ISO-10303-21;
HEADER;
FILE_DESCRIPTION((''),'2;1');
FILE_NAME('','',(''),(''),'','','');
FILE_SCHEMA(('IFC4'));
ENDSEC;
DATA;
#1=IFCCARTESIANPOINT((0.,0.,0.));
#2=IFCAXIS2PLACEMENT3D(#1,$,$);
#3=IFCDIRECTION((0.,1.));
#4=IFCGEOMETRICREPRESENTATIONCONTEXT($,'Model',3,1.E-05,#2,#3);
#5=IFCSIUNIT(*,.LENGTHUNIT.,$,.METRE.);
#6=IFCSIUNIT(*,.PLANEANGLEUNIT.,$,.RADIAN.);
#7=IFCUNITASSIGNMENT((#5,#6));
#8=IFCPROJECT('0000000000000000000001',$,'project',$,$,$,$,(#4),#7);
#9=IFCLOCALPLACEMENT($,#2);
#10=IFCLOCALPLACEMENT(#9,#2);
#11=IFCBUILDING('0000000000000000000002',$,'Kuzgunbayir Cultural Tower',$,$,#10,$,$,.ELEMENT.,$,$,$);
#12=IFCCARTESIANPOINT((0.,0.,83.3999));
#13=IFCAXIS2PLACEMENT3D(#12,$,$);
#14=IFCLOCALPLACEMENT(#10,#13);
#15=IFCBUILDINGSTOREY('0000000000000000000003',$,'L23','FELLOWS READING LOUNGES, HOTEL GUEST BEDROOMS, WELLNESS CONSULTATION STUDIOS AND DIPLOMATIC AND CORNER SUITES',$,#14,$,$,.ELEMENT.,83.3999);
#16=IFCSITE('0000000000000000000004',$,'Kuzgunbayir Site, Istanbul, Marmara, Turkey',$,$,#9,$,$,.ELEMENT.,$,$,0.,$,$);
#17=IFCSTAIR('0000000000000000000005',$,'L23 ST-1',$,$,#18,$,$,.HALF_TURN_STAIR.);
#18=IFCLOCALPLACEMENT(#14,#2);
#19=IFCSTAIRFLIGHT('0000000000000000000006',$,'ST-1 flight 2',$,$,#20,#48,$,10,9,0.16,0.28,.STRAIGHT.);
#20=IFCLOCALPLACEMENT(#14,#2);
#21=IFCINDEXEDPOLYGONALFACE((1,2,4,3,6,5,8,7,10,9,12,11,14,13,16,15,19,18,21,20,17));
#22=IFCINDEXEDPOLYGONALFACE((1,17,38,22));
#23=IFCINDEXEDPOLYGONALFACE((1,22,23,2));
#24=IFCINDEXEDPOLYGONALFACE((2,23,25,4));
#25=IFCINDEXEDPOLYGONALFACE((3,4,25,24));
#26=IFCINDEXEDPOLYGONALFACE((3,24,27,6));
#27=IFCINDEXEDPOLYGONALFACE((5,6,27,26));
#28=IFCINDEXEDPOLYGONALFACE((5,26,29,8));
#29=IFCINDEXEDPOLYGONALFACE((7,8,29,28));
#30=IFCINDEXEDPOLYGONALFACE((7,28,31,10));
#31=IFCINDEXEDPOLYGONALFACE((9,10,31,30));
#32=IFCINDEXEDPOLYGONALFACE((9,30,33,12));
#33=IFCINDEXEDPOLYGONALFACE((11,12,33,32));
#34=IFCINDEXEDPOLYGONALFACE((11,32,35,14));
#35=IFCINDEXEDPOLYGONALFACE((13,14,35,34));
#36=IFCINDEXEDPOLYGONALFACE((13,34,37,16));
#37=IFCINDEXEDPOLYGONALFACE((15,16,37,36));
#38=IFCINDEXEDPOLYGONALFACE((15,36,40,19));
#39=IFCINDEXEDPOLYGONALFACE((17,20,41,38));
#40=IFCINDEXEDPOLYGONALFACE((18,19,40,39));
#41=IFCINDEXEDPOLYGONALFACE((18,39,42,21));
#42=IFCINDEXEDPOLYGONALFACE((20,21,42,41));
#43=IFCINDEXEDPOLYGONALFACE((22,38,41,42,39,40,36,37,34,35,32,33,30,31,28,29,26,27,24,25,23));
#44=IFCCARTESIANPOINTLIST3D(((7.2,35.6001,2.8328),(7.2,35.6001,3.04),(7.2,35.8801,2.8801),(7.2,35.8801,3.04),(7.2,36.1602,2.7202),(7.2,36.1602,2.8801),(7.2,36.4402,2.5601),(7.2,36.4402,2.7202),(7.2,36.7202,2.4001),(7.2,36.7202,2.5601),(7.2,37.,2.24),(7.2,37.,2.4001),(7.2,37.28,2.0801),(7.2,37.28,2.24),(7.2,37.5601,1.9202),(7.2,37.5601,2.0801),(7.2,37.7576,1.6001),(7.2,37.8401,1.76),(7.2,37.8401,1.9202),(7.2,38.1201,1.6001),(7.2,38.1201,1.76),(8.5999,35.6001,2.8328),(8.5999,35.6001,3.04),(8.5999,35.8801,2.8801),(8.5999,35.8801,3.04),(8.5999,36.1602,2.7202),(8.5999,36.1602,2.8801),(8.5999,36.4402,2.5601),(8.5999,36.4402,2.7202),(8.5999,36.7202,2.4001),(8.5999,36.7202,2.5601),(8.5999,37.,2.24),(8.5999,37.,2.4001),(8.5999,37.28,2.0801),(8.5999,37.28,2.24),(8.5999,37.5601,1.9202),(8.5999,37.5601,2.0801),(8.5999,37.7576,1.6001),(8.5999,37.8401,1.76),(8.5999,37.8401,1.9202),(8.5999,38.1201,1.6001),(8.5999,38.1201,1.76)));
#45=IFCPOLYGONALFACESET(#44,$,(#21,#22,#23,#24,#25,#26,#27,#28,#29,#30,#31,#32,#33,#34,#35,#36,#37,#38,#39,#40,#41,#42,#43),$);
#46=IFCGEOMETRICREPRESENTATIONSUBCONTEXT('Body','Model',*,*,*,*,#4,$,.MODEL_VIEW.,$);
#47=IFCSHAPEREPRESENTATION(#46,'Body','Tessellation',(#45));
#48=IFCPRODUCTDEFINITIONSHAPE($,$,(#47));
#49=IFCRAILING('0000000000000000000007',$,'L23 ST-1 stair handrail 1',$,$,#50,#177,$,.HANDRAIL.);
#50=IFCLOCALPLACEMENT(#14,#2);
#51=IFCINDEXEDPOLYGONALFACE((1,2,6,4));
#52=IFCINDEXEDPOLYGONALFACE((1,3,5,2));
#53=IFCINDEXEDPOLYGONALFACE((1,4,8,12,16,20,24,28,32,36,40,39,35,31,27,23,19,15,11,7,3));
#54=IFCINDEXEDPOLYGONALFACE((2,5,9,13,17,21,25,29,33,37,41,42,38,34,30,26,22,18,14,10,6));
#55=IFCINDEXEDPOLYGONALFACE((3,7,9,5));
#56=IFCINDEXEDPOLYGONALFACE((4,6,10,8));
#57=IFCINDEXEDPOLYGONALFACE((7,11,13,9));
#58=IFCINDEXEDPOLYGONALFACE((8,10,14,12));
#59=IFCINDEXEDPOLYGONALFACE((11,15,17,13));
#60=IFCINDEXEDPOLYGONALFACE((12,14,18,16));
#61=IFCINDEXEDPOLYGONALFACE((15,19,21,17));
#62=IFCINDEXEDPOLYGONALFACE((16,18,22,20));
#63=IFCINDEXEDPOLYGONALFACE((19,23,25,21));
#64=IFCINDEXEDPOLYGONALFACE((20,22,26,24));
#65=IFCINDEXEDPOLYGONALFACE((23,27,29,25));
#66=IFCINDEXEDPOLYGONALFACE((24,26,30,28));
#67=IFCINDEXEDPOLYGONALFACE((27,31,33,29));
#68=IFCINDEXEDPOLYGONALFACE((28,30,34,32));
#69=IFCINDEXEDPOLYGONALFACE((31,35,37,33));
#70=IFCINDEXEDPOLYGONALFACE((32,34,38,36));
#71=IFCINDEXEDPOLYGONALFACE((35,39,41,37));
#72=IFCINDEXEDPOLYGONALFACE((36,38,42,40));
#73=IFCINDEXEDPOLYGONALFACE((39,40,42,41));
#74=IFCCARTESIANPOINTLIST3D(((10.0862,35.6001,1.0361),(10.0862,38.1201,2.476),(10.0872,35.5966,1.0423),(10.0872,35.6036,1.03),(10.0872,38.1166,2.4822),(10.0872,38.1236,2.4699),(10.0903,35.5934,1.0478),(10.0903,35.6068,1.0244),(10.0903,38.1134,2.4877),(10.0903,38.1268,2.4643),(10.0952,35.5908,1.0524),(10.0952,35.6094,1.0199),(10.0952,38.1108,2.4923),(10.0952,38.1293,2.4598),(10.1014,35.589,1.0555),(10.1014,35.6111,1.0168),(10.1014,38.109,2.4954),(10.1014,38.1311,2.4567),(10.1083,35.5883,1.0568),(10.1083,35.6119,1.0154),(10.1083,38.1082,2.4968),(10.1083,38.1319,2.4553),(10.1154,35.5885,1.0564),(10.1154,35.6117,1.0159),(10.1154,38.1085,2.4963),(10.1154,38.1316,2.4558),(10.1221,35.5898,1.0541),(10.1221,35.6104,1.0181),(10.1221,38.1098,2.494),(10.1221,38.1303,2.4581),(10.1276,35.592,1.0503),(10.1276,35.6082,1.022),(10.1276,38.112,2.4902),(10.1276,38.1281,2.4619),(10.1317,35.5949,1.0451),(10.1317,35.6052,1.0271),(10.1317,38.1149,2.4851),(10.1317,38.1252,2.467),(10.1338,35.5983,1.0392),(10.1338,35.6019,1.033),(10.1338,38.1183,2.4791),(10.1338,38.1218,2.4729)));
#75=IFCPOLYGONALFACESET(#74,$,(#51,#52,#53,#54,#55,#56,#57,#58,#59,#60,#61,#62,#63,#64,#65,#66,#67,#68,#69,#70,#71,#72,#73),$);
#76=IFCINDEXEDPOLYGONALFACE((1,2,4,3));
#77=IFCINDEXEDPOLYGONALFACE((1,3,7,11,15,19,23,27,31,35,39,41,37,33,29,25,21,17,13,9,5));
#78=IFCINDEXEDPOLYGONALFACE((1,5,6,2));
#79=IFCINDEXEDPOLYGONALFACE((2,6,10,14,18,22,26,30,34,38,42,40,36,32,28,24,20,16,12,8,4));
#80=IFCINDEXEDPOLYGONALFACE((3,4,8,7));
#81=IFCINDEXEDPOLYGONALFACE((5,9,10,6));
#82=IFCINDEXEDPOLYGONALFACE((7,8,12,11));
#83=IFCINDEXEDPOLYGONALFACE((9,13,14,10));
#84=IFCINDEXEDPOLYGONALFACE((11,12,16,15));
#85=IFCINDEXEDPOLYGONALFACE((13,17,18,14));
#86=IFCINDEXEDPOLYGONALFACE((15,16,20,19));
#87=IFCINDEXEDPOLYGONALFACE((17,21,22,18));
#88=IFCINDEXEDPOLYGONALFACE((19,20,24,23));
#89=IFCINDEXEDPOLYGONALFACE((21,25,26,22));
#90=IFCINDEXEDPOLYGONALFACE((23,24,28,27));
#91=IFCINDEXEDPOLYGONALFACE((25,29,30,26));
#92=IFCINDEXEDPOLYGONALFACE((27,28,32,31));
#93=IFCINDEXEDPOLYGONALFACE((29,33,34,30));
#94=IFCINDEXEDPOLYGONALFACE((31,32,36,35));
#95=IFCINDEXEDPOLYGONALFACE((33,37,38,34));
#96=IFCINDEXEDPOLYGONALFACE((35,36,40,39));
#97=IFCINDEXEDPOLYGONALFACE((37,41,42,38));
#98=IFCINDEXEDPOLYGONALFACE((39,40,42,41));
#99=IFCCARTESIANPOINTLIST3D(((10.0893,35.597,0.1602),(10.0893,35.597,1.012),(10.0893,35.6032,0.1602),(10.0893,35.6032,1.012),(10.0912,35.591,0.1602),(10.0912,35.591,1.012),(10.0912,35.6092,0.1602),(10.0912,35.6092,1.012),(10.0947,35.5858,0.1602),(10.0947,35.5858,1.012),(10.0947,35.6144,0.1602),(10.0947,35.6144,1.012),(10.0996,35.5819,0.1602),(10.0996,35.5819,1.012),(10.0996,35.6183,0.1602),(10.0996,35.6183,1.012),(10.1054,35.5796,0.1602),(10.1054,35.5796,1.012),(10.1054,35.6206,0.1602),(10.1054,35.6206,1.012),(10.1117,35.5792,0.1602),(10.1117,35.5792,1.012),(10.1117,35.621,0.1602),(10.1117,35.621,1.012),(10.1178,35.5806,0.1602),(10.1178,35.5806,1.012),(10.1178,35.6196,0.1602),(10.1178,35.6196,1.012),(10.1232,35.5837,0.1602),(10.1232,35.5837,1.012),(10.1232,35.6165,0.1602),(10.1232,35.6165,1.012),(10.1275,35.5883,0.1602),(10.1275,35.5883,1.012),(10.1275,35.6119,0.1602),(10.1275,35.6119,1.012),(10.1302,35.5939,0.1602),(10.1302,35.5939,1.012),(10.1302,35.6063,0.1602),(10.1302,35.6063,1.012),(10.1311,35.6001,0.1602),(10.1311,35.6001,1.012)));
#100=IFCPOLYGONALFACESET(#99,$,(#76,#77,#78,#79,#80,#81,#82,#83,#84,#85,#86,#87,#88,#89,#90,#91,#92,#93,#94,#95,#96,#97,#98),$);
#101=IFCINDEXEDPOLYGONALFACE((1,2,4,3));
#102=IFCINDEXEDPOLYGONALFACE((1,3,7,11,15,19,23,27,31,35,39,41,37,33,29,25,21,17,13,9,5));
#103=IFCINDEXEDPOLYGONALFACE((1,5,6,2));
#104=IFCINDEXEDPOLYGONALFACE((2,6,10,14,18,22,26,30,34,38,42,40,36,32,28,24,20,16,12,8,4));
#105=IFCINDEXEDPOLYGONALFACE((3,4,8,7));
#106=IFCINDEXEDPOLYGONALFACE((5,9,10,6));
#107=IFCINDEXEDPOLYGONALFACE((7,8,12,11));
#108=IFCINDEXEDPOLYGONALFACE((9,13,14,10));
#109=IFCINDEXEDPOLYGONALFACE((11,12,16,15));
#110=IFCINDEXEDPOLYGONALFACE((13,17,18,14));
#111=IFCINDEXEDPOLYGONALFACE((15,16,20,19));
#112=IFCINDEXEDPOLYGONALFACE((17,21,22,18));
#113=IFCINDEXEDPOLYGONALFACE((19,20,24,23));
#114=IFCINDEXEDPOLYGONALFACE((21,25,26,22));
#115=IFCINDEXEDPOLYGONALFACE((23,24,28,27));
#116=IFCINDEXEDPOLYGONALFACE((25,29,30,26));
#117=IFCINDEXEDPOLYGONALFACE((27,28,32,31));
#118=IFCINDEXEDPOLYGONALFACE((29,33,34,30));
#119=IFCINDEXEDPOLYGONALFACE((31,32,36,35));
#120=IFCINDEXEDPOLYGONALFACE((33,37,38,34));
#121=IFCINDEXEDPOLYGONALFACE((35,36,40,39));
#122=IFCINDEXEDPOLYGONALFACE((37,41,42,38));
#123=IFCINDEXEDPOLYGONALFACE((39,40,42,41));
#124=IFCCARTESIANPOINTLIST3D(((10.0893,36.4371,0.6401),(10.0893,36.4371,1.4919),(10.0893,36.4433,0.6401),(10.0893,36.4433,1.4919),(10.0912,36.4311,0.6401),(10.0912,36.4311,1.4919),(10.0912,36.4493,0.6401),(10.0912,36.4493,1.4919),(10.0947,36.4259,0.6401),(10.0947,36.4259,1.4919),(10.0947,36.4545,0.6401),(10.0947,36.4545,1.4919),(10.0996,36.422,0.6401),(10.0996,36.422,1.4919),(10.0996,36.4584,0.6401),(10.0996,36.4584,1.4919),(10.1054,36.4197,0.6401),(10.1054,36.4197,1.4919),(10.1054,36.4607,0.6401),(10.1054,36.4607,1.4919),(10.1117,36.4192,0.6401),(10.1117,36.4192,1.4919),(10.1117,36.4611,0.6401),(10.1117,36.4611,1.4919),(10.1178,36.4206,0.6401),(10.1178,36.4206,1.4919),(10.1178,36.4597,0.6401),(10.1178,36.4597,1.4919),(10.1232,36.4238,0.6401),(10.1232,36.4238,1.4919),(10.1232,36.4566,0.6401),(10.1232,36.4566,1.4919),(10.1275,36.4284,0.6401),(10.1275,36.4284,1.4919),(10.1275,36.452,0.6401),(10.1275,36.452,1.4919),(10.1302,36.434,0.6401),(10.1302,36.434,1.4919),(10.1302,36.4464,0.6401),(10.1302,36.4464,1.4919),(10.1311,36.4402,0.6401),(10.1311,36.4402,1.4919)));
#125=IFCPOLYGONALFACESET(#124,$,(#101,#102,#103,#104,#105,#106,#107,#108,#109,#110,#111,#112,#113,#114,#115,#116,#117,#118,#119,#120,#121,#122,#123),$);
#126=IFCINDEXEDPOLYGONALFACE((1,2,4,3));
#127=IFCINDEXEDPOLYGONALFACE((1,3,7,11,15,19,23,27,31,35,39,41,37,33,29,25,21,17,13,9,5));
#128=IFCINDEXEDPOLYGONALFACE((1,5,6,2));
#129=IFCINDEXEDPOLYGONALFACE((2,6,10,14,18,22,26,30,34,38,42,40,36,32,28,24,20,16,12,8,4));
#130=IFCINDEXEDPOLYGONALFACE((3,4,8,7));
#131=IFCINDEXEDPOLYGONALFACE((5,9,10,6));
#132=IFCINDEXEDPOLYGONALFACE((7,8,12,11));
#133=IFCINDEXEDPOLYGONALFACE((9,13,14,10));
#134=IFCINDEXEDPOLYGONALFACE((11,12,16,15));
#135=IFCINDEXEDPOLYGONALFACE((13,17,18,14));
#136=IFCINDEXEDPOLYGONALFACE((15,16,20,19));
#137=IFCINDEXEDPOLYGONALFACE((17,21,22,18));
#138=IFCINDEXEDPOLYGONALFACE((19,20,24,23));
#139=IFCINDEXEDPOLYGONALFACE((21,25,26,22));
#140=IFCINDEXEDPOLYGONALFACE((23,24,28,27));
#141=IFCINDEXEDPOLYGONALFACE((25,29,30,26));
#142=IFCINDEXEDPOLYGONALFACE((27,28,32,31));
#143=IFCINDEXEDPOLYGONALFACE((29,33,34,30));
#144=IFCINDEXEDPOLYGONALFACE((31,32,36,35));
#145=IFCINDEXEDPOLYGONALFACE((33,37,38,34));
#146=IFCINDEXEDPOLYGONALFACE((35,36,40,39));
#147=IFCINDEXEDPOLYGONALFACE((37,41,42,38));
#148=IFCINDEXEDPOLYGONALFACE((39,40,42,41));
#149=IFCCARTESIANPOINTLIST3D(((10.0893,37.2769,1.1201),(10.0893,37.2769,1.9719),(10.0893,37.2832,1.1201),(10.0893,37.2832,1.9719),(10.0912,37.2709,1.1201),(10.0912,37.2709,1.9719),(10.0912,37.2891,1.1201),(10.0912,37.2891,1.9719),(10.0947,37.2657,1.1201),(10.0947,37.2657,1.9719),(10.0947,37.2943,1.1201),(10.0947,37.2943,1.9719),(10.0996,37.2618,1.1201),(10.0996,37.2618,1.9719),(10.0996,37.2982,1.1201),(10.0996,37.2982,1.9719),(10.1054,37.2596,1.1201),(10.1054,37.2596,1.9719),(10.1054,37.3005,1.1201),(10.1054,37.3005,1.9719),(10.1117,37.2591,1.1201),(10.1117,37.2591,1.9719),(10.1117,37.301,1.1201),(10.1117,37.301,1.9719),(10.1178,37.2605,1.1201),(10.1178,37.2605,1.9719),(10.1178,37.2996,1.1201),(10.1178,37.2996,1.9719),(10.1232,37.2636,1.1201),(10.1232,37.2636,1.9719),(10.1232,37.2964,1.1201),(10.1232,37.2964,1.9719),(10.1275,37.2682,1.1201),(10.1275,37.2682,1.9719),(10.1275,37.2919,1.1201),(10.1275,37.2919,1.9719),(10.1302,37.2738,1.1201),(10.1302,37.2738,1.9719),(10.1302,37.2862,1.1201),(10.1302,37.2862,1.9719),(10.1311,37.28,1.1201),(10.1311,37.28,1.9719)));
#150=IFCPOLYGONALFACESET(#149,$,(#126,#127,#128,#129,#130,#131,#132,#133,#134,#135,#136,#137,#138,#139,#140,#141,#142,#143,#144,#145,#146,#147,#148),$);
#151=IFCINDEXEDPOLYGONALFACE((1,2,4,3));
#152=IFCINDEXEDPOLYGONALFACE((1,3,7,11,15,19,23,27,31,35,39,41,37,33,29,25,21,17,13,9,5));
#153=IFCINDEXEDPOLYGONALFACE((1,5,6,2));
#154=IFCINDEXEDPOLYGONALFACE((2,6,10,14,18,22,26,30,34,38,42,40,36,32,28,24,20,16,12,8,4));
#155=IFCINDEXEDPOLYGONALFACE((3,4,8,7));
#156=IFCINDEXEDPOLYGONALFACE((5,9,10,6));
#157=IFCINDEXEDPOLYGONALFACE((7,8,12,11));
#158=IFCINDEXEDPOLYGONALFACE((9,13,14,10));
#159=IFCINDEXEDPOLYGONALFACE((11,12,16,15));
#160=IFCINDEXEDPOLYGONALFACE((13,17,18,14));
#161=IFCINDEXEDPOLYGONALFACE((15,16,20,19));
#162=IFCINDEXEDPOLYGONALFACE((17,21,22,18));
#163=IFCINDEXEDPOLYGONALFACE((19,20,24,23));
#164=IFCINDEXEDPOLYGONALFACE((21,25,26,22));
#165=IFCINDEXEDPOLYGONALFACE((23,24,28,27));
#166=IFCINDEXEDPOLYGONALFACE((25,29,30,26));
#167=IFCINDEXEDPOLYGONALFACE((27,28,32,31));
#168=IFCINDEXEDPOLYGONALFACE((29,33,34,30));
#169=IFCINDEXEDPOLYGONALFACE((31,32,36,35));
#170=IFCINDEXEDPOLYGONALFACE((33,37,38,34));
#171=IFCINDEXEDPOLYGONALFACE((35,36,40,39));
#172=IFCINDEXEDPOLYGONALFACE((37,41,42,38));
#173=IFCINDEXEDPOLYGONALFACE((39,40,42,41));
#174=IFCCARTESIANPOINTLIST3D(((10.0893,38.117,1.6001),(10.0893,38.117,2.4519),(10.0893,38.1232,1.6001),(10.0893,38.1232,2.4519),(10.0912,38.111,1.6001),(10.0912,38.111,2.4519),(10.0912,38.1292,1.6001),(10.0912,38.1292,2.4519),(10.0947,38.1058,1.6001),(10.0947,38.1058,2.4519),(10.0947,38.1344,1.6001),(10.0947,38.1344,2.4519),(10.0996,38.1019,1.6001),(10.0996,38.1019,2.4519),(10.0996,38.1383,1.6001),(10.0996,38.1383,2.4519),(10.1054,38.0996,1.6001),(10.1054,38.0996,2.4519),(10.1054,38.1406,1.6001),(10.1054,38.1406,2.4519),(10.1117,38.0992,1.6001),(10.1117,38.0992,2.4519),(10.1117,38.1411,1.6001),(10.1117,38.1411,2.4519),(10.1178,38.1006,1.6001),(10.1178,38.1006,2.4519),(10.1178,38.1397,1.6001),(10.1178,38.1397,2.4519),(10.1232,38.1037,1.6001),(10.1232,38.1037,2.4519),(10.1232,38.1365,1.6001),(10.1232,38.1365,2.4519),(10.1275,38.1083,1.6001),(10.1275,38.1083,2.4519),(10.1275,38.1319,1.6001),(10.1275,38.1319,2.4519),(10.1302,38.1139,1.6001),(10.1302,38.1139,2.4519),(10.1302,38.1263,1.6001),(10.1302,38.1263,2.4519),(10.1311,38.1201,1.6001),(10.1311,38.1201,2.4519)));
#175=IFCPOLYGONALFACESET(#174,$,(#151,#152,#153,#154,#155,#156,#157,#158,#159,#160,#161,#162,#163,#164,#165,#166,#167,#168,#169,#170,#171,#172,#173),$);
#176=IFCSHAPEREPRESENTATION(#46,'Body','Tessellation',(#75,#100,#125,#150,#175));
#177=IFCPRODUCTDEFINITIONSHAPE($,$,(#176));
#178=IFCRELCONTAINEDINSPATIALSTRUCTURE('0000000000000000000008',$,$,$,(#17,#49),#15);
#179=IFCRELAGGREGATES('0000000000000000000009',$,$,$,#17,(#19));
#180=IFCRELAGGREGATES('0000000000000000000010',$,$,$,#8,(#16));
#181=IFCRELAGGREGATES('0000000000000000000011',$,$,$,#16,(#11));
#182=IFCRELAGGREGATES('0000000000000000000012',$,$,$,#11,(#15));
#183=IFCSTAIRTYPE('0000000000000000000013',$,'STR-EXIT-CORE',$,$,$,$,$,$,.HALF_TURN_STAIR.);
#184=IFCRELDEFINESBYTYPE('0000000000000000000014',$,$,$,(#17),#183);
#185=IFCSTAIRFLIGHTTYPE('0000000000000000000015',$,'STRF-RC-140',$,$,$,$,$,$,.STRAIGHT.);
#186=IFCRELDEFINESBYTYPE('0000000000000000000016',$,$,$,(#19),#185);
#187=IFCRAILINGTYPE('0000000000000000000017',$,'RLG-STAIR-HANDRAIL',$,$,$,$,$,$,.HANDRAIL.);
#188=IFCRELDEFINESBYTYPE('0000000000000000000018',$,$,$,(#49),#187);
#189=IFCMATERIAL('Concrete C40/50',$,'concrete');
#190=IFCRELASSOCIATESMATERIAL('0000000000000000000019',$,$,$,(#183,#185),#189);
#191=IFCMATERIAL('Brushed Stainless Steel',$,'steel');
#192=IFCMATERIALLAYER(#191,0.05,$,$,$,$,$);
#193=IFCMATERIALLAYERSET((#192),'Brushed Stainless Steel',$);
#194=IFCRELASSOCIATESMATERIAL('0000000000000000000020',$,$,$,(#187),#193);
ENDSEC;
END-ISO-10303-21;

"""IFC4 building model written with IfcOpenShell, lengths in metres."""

from ifc_helpers import new_model, si_unit, direction, frame, origin, origin_2d, place, context, subcontext, project, spatial, polyline, circle, outline, extrude, material, layer, layer_set, type_object, element, aggregate, save


model = new_model("IFC4")

# Units and contexts
model_context = context("Model", 3, precision=1e-05, world=origin(), true_north=direction((0.0, 1.0)))
body_context = subcontext(model_context, "Body", "Model", "MODEL_VIEW")
ifc_project = project(units=[si_unit("LENGTHUNIT", "METRE"), si_unit("PLANEANGLEUNIT", "RADIAN")], contexts=[model_context])

# Site, building, storey
site_placement = place(None, origin())
site = spatial("IfcSite", under=ifc_project, at=site_placement, Name="Kuzgunbayir Site, Istanbul, Marmara, Turkey", CompositionType="ELEMENT", RefElevation=0.0)
building_placement = place(site_placement, origin())
building = spatial("IfcBuilding", under=site, at=building_placement, Name="Kuzgunbayir Cultural Tower", CompositionType="ELEMENT")
storey_placement = place(building_placement, frame((0.0, 0.0, 83.3999)))
storey = spatial("IfcBuildingStorey", under=building, at=storey_placement, Name="L23", Description="FELLOWS READING LOUNGES, HOTEL GUEST BEDROOMS, WELLNESS CONSULTATION STUDIOS AND DIPLOMATIC AND CORNER SUITES", CompositionType="ELEMENT", Elevation=83.3999)

# Shared definitions
ifc_material_1 = material(Name="Concrete C40/50", Category="concrete")
ifc_material_2 = material(Name="Brushed Stainless Steel", Category="steel")

# Stair, stair flight
stair_type = type_object("IfcStairType", Name="STR-EXIT-CORE", PredefinedType="HALF_TURN_STAIR", material=ifc_material_1)
stair_placement = place(storey_placement, origin())
stair = element("IfcStair", 1, at=stair_placement, inside=storey, type_object=stair_type, Name="L23 ST-1", PredefinedType="HALF_TURN_STAIR")
stair_flight_type = type_object("IfcStairFlightType", Name="STRF-RC-140", PredefinedType="STRAIGHT", material=ifc_material_1)
stair_flight_1_placement = place(storey_placement, frame((7.8999, 38.1201, 1.6001), z_axis=(0.0, 0.0, 1.0), x_axis=(0.0, -1.0, 0.0)))
stair_flight_1 = element("IfcStairFlight", 2, at=stair_flight_1_placement, type_object=stair_flight_type, Name="ST-1 flight 2", NumberOfRisers=10, NumberOfTreads=9, PredefinedType="STRAIGHT", RiserHeight=0.16, TreadLength=0.28, context=body_context, shape_type="SweptSolid", body=[
    extrude(outline(polyline([(0.0, 0.0), (0.0, 0.1599), (0.28, 0.1599), (0.28, 0.3201), (0.5601, 0.3201), (0.5601, 0.48), (0.8401, 0.48), (0.8401, 0.6399), (1.1201, 0.6399), (1.1201, 0.8), (1.3999, 0.8), (1.3999, 0.96), (1.6799, 0.96), (1.6799, 1.1201), (1.96, 1.1201), (1.96, 1.28), (2.24, 1.28), (2.24, 1.4399), (2.52, 1.4399), (2.52, 1.6001), (2.52, 1.2327), (0.3625, 0.0), (0.0, 0.0)])), frame((0.0, 0.7, 0.0), z_axis=(0.0, -1.0, 0.0), x_axis=(1.0, 0.0, 0.0)), (0.0, 0.0, 1.0), 1.3999),
])
aggregate(stair, [stair_flight_1])

# Railing
ifc_layer_1 = layer(ifc_material_2, 0.05)
ifc_layer_set_1 = layer_set([ifc_layer_1], Name="Brushed Stainless Steel")
railing_type_1 = type_object("IfcRailingType", Name="RLG-STAIR-HANDRAIL", PredefinedType="HANDRAIL", material=ifc_layer_set_1)
railing_1_placement = place(storey_placement, frame((10.1101, 35.6001, 0.1602)))
element("IfcRailing", 3, at=railing_1_placement, inside=storey, type_object=railing_type_1, Name="L23 ST-1 stair handrail 1", PredefinedType="HANDRAIL", context=body_context, shape_type="SweptSolid", body=[
    extrude(circle(Radius=0.0239, at=origin_2d()), frame((0.0, 0.0, 0.876), z_axis=(0.0, 0.868253, 0.496121), x_axis=(-1.0, 0.0, 0.0)), (0.0, 0.0, 1.0), 2.9023),
    extrude(circle(Radius=0.021, at=origin_2d()), origin(), (0.0, 0.0, 1.0), 0.8518),
    extrude(circle(Radius=0.021, at=origin_2d()), frame((0.0, 0.8401, 0.48)), (0.0, 0.0, 1.0), 0.8518),
    extrude(circle(Radius=0.021, at=origin_2d()), frame((0.0, 1.6799, 0.96)), (0.0, 0.0, 1.0), 0.8518),
    extrude(circle(Radius=0.021, at=origin_2d()), frame((0.0, 2.52, 1.4399)), (0.0, 0.0, 1.0), 0.8518),
])

save(model, "model.ifc")
